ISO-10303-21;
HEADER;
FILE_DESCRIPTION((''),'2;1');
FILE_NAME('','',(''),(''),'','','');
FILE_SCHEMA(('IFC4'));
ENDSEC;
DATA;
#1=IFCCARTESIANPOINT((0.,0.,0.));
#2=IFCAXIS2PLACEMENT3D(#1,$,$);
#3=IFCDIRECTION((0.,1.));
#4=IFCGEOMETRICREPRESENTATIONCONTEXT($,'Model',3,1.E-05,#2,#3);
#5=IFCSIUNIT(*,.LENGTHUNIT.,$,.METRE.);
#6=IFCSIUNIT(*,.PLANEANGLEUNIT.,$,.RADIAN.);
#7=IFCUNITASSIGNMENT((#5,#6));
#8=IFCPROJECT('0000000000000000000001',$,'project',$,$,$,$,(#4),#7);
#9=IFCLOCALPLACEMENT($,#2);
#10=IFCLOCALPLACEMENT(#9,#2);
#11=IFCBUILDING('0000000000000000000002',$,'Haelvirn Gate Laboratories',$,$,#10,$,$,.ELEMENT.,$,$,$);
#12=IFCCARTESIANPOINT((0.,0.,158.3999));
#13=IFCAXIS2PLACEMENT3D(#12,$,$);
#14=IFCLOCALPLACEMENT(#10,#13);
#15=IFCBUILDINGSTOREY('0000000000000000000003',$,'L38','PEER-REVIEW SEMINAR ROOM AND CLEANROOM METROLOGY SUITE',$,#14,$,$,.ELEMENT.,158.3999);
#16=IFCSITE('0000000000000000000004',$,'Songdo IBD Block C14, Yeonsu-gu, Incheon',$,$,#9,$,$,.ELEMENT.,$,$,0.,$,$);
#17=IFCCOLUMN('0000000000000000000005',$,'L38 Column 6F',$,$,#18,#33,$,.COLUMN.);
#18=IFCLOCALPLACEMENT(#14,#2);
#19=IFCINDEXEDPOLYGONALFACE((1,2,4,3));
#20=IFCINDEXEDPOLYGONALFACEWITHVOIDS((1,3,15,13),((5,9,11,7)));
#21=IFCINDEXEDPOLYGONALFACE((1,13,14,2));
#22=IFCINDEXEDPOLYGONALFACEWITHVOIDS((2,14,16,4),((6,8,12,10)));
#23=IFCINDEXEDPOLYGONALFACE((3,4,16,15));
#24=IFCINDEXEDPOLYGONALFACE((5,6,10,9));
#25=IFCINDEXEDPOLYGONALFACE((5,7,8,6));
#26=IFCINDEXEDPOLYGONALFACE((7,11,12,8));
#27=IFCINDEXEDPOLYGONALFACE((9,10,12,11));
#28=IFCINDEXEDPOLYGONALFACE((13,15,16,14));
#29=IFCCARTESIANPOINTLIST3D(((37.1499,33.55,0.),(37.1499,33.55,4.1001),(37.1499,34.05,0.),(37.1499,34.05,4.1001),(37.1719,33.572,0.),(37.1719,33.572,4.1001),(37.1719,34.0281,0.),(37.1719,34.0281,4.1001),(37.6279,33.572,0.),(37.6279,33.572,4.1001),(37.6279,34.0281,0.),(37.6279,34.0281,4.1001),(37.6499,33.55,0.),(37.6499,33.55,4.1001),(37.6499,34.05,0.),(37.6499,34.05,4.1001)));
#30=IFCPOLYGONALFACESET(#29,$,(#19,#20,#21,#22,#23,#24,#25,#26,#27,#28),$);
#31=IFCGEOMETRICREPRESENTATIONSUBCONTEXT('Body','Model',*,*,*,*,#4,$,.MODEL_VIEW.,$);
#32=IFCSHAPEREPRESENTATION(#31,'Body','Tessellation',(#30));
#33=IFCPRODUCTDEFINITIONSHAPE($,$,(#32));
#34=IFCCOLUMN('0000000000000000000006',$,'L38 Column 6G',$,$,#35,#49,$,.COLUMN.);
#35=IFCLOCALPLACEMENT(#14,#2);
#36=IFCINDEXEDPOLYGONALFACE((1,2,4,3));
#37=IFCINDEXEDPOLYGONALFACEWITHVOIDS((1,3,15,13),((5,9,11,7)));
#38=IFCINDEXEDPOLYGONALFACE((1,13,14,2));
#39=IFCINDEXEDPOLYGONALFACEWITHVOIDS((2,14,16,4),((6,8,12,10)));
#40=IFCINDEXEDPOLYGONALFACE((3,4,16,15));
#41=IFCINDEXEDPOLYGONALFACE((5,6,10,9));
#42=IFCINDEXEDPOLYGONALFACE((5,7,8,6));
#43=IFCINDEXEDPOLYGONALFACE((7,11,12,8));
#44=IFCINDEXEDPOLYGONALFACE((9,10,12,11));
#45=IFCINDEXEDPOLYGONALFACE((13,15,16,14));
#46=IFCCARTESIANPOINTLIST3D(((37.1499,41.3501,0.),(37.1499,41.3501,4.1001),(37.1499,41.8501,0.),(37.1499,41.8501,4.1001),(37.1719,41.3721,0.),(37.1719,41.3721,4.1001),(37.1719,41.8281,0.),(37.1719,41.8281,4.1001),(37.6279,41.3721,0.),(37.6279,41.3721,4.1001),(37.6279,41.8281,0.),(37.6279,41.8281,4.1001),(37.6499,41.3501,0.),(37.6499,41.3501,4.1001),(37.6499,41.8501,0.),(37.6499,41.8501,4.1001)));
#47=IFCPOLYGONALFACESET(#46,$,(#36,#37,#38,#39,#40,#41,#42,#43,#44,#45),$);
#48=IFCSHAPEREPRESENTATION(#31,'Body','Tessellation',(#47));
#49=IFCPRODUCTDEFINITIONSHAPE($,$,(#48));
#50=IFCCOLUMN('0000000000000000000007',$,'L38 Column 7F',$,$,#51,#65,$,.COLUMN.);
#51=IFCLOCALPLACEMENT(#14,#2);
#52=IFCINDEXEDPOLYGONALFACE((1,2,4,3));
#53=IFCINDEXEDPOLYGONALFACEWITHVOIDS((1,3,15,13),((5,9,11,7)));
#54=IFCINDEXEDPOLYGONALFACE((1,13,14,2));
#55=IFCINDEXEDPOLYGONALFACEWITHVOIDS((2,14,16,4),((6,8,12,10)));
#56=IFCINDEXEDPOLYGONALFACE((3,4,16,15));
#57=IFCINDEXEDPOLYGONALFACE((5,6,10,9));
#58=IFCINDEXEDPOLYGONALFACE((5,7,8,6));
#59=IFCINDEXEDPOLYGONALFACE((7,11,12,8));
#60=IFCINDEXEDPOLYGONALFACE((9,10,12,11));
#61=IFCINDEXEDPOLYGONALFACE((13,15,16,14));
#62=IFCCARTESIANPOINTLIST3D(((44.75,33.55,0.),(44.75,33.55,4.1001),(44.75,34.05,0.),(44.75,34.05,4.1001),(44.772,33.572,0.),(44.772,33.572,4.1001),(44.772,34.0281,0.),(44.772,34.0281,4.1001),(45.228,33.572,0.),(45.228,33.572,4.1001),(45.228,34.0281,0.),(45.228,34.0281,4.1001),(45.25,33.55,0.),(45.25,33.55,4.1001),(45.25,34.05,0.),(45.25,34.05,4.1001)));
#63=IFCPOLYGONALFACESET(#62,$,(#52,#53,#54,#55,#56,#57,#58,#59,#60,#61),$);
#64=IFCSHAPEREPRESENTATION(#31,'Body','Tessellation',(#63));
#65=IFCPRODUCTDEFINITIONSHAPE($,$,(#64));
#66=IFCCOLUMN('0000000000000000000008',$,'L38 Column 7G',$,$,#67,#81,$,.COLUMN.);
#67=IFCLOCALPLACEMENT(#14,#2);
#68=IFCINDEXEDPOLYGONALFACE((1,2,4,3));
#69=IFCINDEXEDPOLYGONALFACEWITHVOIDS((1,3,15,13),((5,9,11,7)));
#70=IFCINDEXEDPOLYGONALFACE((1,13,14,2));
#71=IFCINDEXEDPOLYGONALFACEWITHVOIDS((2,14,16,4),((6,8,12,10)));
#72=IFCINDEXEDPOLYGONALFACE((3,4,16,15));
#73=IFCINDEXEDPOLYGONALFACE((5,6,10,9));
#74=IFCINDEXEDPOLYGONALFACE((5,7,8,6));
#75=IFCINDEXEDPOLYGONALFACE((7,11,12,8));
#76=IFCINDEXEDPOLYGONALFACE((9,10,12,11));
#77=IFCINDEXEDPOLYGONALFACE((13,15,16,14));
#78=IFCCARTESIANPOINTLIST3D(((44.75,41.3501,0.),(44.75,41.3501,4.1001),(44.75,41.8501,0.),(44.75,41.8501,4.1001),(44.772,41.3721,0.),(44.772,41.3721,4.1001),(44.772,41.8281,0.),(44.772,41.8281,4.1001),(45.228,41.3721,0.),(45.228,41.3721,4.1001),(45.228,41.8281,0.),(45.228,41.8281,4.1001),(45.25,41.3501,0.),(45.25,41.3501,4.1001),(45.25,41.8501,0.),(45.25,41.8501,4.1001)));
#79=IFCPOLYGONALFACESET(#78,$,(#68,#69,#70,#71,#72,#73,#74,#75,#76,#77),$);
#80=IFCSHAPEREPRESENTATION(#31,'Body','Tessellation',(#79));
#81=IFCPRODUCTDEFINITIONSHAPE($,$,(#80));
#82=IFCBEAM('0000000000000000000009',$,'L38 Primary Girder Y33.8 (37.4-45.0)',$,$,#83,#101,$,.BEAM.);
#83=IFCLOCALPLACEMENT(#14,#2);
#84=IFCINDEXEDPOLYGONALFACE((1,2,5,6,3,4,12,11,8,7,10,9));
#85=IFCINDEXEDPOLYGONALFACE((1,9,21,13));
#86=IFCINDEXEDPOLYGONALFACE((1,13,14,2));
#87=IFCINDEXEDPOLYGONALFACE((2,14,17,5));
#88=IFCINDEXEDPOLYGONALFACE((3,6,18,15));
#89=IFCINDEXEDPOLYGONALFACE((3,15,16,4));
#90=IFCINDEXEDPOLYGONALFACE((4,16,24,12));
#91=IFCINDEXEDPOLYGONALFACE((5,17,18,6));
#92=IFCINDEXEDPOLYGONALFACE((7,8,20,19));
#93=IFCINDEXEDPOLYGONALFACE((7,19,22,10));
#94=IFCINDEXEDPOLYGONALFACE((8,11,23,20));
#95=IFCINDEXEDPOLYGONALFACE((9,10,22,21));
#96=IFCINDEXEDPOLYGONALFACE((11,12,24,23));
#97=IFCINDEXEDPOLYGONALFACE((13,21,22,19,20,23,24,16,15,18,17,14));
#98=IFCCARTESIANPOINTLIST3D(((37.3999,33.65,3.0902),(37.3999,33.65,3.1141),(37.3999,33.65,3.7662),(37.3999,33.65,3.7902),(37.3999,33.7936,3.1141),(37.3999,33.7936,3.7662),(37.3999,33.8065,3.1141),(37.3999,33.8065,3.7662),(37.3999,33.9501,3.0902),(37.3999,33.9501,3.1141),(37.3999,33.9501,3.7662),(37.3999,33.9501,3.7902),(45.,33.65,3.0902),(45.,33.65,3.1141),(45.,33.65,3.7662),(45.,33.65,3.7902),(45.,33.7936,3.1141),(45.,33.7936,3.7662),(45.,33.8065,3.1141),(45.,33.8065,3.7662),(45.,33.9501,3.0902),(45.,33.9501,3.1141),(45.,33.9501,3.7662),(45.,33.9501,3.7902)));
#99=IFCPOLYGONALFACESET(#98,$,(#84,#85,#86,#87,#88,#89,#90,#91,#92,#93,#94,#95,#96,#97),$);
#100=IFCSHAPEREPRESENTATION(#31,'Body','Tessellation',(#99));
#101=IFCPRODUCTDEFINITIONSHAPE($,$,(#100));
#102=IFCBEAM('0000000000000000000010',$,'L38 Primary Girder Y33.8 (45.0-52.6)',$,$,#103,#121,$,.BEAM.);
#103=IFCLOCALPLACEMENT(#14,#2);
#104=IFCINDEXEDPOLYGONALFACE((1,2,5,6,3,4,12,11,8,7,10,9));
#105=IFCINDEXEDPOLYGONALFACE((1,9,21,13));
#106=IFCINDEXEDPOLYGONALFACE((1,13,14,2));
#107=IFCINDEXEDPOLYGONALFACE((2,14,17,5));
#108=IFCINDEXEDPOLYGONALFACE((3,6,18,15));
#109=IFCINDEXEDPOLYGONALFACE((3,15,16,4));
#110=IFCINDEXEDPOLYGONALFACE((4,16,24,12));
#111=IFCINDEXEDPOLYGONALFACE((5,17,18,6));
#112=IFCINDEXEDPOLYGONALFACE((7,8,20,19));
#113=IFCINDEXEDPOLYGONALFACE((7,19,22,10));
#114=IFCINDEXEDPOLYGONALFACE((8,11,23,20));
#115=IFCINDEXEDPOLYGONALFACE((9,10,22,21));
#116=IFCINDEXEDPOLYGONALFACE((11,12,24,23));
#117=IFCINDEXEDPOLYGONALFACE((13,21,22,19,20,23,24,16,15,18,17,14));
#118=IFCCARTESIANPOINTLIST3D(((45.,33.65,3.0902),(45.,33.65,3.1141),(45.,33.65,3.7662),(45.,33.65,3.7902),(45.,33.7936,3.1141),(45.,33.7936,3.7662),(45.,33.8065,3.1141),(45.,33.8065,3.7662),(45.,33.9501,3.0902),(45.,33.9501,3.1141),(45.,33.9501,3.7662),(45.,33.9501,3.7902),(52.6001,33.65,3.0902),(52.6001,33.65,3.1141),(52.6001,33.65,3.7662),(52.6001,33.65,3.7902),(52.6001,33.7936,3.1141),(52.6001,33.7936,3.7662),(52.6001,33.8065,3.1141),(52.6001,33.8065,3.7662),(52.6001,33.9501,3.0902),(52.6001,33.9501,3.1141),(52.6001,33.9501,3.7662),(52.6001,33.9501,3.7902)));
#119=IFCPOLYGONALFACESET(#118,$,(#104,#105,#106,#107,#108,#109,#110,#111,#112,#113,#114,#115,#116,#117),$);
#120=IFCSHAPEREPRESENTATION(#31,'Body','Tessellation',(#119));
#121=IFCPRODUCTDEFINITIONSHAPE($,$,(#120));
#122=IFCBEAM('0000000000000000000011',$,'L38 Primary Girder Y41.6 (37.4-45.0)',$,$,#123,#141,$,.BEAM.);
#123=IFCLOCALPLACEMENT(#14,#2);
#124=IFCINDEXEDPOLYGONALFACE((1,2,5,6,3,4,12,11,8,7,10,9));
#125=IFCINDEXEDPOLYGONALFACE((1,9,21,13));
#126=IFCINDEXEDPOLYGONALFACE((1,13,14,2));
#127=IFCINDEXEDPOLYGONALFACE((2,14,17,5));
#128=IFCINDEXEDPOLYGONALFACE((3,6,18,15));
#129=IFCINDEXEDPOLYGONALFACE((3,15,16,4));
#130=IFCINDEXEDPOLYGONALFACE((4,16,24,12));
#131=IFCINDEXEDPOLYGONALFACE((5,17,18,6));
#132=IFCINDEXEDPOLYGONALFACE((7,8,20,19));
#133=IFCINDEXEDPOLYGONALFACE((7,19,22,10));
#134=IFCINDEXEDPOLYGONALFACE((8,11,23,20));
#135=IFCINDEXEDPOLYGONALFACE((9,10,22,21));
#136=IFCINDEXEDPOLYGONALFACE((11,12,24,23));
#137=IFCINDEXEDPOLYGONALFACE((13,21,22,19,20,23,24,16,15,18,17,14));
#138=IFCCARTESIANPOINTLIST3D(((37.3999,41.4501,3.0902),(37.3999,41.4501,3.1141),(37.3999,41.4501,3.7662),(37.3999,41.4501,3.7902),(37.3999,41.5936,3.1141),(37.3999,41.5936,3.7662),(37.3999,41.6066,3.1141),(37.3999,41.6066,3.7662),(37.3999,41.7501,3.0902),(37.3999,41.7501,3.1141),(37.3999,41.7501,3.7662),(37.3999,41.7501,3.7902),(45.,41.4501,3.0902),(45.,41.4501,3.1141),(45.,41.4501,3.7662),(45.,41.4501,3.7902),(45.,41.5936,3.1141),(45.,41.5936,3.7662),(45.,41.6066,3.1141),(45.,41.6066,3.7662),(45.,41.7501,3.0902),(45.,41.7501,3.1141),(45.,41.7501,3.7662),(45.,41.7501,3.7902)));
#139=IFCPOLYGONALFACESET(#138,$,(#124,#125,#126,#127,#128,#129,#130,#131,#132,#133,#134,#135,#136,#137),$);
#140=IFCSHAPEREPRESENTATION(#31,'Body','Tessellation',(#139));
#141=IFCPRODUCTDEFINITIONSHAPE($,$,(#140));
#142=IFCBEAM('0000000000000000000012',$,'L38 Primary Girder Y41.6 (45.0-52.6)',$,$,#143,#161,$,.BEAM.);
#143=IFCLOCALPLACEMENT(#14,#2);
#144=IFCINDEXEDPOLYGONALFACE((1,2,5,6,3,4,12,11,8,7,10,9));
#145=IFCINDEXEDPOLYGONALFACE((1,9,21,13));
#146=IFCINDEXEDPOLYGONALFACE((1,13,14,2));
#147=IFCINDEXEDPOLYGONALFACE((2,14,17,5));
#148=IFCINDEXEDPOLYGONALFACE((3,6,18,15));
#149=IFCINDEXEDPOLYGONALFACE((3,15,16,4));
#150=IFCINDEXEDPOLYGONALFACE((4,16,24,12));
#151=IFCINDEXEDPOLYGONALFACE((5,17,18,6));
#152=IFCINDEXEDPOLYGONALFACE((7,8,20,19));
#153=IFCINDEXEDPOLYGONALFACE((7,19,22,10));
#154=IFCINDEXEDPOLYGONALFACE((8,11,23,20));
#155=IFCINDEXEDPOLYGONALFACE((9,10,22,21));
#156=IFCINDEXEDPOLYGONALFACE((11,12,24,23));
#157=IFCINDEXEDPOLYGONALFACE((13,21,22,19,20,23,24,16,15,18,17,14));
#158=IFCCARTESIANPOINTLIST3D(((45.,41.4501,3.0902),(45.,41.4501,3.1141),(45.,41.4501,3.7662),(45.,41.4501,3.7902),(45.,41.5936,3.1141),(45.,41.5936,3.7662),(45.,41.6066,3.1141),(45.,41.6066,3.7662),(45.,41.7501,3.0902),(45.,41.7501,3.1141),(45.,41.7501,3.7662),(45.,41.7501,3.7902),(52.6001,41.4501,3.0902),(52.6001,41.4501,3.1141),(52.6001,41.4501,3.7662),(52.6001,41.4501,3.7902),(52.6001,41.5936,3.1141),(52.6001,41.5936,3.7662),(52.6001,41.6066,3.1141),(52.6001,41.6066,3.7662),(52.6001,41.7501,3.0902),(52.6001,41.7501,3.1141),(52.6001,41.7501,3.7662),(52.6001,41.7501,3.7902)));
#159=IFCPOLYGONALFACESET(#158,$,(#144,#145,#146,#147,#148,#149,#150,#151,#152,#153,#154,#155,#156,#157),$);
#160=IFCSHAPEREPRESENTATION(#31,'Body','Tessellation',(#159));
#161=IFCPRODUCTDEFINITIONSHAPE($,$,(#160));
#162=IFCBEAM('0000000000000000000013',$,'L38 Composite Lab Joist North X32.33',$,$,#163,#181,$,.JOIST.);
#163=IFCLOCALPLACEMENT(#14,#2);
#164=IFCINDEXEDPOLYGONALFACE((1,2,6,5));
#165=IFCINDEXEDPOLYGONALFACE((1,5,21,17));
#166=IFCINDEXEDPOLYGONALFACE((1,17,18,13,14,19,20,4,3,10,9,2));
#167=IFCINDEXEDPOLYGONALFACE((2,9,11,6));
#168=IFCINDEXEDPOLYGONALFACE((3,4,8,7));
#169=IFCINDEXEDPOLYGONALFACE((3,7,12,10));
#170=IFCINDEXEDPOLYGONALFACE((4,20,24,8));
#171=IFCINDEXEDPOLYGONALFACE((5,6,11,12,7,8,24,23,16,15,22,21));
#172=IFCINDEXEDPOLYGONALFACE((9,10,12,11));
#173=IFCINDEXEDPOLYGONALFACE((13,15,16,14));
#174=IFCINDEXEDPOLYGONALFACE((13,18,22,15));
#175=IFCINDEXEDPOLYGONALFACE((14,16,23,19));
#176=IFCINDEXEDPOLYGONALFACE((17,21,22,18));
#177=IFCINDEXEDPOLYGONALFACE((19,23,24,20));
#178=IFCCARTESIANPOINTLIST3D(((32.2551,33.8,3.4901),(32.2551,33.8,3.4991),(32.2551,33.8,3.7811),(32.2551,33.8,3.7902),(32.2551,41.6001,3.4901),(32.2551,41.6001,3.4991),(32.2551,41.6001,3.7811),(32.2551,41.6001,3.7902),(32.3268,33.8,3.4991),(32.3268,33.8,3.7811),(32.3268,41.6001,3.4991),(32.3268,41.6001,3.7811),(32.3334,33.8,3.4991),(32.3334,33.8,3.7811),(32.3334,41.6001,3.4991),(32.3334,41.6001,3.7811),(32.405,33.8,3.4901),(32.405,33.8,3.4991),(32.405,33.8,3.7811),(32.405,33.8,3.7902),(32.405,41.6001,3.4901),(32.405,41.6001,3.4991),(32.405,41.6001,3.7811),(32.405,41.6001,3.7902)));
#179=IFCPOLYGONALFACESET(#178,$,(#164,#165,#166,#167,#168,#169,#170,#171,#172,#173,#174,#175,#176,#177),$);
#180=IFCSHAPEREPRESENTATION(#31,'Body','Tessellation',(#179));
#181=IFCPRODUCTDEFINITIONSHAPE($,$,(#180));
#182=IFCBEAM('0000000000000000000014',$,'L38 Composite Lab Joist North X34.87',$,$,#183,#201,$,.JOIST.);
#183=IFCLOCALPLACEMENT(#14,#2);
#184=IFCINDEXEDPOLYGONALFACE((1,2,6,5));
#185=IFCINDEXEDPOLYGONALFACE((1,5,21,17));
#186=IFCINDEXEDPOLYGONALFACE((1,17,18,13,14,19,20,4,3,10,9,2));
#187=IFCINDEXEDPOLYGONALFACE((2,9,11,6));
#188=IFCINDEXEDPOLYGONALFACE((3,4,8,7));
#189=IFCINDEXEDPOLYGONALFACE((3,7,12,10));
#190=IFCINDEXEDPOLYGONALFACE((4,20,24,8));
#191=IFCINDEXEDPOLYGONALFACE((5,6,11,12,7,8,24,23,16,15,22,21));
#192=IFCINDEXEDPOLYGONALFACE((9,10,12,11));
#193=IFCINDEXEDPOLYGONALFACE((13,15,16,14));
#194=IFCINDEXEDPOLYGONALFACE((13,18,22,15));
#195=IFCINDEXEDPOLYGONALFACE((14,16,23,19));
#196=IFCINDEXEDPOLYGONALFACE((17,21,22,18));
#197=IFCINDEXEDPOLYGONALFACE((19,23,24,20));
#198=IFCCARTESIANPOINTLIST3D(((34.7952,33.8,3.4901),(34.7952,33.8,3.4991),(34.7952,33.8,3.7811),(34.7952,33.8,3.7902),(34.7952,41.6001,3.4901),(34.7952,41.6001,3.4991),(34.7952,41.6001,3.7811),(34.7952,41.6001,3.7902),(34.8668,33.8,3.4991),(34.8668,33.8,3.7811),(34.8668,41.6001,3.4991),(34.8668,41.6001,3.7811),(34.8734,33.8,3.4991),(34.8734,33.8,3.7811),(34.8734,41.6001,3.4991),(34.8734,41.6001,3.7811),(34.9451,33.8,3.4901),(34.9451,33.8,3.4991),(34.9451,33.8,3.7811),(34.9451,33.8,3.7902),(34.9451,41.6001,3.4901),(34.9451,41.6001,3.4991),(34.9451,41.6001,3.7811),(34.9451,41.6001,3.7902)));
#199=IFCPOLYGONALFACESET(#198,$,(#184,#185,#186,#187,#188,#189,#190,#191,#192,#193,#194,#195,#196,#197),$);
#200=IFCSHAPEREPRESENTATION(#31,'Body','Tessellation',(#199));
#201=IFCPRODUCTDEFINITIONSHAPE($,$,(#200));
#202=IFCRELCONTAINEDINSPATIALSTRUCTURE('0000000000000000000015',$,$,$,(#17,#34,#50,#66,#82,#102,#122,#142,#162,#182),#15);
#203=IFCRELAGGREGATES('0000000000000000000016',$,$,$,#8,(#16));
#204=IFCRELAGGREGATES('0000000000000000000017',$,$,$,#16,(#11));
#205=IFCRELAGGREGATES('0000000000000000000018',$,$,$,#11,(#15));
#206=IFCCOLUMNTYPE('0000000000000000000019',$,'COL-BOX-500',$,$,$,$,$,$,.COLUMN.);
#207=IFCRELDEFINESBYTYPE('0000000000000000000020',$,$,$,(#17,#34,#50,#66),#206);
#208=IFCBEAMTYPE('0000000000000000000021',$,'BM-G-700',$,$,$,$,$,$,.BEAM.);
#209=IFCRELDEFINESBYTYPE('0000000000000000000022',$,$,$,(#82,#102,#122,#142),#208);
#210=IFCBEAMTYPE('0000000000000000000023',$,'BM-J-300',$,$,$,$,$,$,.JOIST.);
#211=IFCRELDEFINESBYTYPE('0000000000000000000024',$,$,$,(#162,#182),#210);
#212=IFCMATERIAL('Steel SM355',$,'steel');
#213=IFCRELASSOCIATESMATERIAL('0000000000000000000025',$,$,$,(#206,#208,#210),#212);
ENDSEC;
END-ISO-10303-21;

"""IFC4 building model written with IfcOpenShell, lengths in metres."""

from ifc_helpers import new_model, si_unit, direction, frame, origin, origin_2d, place, context, subcontext, project, spatial, hollow_rectangle, i_section, extrude, source, transform, mapped, material, material_profile, profile_set, type_object, type_shapes, element, save


model = new_model("IFC4")

# Units and contexts
model_context = context("Model", 3, precision=1e-05, world=origin(), true_north=direction((0.0, 1.0)))
body_context = subcontext(model_context, "Body", "Model", "MODEL_VIEW")
ifc_project = project(units=[si_unit("LENGTHUNIT", "METRE"), si_unit("PLANEANGLEUNIT", "RADIAN")], contexts=[model_context])

# Site, building, storey
site_placement = place(None, origin())
site = spatial("IfcSite", under=ifc_project, at=site_placement, Name="Songdo IBD Block C14, Yeonsu-gu, Incheon", CompositionType="ELEMENT", RefElevation=0.0)
building_placement = place(site_placement, origin())
building = spatial("IfcBuilding", under=site, at=building_placement, Name="Haelvirn Gate Laboratories", CompositionType="ELEMENT")
storey_placement = place(building_placement, frame((0.0, 0.0, 158.3999)))
storey = spatial("IfcBuildingStorey", under=building, at=storey_placement, Name="L38", Description="PEER-REVIEW SEMINAR ROOM AND CLEANROOM METROLOGY SUITE", CompositionType="ELEMENT", Elevation=158.3999)

# Columns
ifc_material_1 = material(Name="Steel SM355", Category="steel")
ifc_material_profile_1 = material_profile(ifc_material_1, hollow_rectangle(XDim=0.5, YDim=0.5, WallThickness=0.022, at=origin_2d()), Name="BOX-500x500x22")
ifc_profile_set_1 = profile_set([ifc_material_profile_1], Name="Steel SM355")
column_type = type_object("IfcColumnType", Name="COL-BOX-500", PredefinedType="COLUMN", material=ifc_profile_set_1)
shared_shape_1 = source(origin(), body_context, "Body", "SweptSolid", [
    extrude(hollow_rectangle(XDim=0.5, YDim=0.5, WallThickness=0.022, at=origin_2d()), origin(), (0.0, 0.0, 1.0), 4.1001),
])
type_shapes(column_type, [shared_shape_1])
for number, where, z_axis, x_axis, name in (
    (1, (37.3999, 33.8, 0.0), (0.0, 0.0, 1.0), (1.0, 0.0, 0.0), "L38 Column 6F"),
    (2, (37.3999, 41.6001, 0.0), (0.0, 0.0, 1.0), (1.0, 0.0, 0.0), "L38 Column 6G"),
    (3, (45.0, 33.8, 0.0), (0.0, 0.0, 1.0), (1.0, 0.0, 0.0), "L38 Column 7F"),
    (4, (45.0, 41.6001, 0.0), (0.0, 0.0, 1.0), (1.0, 0.0, 0.0), "L38 Column 7G"),
):
    element("IfcColumn", number, at=place(storey_placement, frame(where, z_axis=z_axis, x_axis=x_axis)), inside=storey, type_object=column_type, Name=name, PredefinedType="COLUMN", context=body_context, shape_type="MappedRepresentation", body=[
        mapped(shared_shape_1, transform((0.0, 0.0, 0.0), scale=1.0)),
    ])

# Beams
ifc_material_profile_2 = material_profile(ifc_material_1, i_section(OverallWidth=0.3, OverallDepth=0.7, WebThickness=0.0129, FlangeThickness=0.0239, at=origin_2d()), Name="H-700x300x13x24")
ifc_profile_set_2 = profile_set([ifc_material_profile_2], Name="Steel SM355")
beam_type_1 = type_object("IfcBeamType", Name="BM-G-700", PredefinedType="BEAM", material=ifc_profile_set_2)
shared_shape_2 = source(origin(), body_context, "Body", "SweptSolid", [
    extrude(i_section(OverallWidth=0.3, OverallDepth=0.7, WebThickness=0.0129, FlangeThickness=0.0239, at=origin_2d()), origin(), (0.0, 0.0, 1.0), 7.6001),
])
type_shapes(beam_type_1, [shared_shape_2])
for number, where, z_axis, x_axis, name in (
    (5, (37.3999, 33.8, 3.4402), (1.0, 0.0, 0.0), (0.0, 1.0, 0.0), "L38 Primary Girder Y33.8 (37.4-45.0)"),
    (6, (45.0, 33.8, 3.4402), (1.0, 0.0, 0.0), (0.0, 1.0, 0.0), "L38 Primary Girder Y33.8 (45.0-52.6)"),
    (7, (37.3999, 41.6001, 3.4402), (1.0, 0.0, 0.0), (0.0, 1.0, 0.0), "L38 Primary Girder Y41.6 (37.4-45.0)"),
    (8, (45.0, 41.6001, 3.4402), (1.0, 0.0, 0.0), (0.0, 1.0, 0.0), "L38 Primary Girder Y41.6 (45.0-52.6)"),
):
    element("IfcBeam", number, at=place(storey_placement, frame(where, z_axis=z_axis, x_axis=x_axis)), inside=storey, type_object=beam_type_1, Name=name, PredefinedType="BEAM", context=body_context, shape_type="MappedRepresentation", body=[
        mapped(shared_shape_2, transform((0.0, 0.0, 0.0), scale=1.0)),
    ])
ifc_material_profile_3 = material_profile(ifc_material_1, i_section(OverallWidth=0.1499, OverallDepth=0.3, WebThickness=0.0066, FlangeThickness=0.009, at=origin_2d()), Name="H-300x150x6.5x9")
ifc_profile_set_3 = profile_set([ifc_material_profile_3], Name="Steel SM355")
beam_type_2 = type_object("IfcBeamType", Name="BM-J-300", PredefinedType="JOIST", material=ifc_profile_set_3)
shared_shape_3 = source(origin(), body_context, "Body", "SweptSolid", [
    extrude(i_section(OverallWidth=0.1499, OverallDepth=0.3, WebThickness=0.0066, FlangeThickness=0.009, at=origin_2d()), origin(), (0.0, 0.0, 1.0), 7.8),
])
type_shapes(beam_type_2, [shared_shape_3])
for number, where, z_axis, x_axis, name in (
    (9, (32.3301, 33.8, 3.6401), (0.0, 1.0, 0.0), (-1.0, 0.0, 0.0), "L38 Composite Lab Joist North X32.33"),
    (10, (34.8701, 33.8, 3.6401), (0.0, 1.0, 0.0), (-1.0, 0.0, 0.0), "L38 Composite Lab Joist North X34.87"),
):
    element("IfcBeam", number, at=place(storey_placement, frame(where, z_axis=z_axis, x_axis=x_axis)), inside=storey, type_object=beam_type_2, Name=name, PredefinedType="JOIST", context=body_context, shape_type="MappedRepresentation", body=[
        mapped(shared_shape_3, transform((0.0, 0.0, 0.0), scale=1.0)),
    ])

save(model, "model.ifc")
